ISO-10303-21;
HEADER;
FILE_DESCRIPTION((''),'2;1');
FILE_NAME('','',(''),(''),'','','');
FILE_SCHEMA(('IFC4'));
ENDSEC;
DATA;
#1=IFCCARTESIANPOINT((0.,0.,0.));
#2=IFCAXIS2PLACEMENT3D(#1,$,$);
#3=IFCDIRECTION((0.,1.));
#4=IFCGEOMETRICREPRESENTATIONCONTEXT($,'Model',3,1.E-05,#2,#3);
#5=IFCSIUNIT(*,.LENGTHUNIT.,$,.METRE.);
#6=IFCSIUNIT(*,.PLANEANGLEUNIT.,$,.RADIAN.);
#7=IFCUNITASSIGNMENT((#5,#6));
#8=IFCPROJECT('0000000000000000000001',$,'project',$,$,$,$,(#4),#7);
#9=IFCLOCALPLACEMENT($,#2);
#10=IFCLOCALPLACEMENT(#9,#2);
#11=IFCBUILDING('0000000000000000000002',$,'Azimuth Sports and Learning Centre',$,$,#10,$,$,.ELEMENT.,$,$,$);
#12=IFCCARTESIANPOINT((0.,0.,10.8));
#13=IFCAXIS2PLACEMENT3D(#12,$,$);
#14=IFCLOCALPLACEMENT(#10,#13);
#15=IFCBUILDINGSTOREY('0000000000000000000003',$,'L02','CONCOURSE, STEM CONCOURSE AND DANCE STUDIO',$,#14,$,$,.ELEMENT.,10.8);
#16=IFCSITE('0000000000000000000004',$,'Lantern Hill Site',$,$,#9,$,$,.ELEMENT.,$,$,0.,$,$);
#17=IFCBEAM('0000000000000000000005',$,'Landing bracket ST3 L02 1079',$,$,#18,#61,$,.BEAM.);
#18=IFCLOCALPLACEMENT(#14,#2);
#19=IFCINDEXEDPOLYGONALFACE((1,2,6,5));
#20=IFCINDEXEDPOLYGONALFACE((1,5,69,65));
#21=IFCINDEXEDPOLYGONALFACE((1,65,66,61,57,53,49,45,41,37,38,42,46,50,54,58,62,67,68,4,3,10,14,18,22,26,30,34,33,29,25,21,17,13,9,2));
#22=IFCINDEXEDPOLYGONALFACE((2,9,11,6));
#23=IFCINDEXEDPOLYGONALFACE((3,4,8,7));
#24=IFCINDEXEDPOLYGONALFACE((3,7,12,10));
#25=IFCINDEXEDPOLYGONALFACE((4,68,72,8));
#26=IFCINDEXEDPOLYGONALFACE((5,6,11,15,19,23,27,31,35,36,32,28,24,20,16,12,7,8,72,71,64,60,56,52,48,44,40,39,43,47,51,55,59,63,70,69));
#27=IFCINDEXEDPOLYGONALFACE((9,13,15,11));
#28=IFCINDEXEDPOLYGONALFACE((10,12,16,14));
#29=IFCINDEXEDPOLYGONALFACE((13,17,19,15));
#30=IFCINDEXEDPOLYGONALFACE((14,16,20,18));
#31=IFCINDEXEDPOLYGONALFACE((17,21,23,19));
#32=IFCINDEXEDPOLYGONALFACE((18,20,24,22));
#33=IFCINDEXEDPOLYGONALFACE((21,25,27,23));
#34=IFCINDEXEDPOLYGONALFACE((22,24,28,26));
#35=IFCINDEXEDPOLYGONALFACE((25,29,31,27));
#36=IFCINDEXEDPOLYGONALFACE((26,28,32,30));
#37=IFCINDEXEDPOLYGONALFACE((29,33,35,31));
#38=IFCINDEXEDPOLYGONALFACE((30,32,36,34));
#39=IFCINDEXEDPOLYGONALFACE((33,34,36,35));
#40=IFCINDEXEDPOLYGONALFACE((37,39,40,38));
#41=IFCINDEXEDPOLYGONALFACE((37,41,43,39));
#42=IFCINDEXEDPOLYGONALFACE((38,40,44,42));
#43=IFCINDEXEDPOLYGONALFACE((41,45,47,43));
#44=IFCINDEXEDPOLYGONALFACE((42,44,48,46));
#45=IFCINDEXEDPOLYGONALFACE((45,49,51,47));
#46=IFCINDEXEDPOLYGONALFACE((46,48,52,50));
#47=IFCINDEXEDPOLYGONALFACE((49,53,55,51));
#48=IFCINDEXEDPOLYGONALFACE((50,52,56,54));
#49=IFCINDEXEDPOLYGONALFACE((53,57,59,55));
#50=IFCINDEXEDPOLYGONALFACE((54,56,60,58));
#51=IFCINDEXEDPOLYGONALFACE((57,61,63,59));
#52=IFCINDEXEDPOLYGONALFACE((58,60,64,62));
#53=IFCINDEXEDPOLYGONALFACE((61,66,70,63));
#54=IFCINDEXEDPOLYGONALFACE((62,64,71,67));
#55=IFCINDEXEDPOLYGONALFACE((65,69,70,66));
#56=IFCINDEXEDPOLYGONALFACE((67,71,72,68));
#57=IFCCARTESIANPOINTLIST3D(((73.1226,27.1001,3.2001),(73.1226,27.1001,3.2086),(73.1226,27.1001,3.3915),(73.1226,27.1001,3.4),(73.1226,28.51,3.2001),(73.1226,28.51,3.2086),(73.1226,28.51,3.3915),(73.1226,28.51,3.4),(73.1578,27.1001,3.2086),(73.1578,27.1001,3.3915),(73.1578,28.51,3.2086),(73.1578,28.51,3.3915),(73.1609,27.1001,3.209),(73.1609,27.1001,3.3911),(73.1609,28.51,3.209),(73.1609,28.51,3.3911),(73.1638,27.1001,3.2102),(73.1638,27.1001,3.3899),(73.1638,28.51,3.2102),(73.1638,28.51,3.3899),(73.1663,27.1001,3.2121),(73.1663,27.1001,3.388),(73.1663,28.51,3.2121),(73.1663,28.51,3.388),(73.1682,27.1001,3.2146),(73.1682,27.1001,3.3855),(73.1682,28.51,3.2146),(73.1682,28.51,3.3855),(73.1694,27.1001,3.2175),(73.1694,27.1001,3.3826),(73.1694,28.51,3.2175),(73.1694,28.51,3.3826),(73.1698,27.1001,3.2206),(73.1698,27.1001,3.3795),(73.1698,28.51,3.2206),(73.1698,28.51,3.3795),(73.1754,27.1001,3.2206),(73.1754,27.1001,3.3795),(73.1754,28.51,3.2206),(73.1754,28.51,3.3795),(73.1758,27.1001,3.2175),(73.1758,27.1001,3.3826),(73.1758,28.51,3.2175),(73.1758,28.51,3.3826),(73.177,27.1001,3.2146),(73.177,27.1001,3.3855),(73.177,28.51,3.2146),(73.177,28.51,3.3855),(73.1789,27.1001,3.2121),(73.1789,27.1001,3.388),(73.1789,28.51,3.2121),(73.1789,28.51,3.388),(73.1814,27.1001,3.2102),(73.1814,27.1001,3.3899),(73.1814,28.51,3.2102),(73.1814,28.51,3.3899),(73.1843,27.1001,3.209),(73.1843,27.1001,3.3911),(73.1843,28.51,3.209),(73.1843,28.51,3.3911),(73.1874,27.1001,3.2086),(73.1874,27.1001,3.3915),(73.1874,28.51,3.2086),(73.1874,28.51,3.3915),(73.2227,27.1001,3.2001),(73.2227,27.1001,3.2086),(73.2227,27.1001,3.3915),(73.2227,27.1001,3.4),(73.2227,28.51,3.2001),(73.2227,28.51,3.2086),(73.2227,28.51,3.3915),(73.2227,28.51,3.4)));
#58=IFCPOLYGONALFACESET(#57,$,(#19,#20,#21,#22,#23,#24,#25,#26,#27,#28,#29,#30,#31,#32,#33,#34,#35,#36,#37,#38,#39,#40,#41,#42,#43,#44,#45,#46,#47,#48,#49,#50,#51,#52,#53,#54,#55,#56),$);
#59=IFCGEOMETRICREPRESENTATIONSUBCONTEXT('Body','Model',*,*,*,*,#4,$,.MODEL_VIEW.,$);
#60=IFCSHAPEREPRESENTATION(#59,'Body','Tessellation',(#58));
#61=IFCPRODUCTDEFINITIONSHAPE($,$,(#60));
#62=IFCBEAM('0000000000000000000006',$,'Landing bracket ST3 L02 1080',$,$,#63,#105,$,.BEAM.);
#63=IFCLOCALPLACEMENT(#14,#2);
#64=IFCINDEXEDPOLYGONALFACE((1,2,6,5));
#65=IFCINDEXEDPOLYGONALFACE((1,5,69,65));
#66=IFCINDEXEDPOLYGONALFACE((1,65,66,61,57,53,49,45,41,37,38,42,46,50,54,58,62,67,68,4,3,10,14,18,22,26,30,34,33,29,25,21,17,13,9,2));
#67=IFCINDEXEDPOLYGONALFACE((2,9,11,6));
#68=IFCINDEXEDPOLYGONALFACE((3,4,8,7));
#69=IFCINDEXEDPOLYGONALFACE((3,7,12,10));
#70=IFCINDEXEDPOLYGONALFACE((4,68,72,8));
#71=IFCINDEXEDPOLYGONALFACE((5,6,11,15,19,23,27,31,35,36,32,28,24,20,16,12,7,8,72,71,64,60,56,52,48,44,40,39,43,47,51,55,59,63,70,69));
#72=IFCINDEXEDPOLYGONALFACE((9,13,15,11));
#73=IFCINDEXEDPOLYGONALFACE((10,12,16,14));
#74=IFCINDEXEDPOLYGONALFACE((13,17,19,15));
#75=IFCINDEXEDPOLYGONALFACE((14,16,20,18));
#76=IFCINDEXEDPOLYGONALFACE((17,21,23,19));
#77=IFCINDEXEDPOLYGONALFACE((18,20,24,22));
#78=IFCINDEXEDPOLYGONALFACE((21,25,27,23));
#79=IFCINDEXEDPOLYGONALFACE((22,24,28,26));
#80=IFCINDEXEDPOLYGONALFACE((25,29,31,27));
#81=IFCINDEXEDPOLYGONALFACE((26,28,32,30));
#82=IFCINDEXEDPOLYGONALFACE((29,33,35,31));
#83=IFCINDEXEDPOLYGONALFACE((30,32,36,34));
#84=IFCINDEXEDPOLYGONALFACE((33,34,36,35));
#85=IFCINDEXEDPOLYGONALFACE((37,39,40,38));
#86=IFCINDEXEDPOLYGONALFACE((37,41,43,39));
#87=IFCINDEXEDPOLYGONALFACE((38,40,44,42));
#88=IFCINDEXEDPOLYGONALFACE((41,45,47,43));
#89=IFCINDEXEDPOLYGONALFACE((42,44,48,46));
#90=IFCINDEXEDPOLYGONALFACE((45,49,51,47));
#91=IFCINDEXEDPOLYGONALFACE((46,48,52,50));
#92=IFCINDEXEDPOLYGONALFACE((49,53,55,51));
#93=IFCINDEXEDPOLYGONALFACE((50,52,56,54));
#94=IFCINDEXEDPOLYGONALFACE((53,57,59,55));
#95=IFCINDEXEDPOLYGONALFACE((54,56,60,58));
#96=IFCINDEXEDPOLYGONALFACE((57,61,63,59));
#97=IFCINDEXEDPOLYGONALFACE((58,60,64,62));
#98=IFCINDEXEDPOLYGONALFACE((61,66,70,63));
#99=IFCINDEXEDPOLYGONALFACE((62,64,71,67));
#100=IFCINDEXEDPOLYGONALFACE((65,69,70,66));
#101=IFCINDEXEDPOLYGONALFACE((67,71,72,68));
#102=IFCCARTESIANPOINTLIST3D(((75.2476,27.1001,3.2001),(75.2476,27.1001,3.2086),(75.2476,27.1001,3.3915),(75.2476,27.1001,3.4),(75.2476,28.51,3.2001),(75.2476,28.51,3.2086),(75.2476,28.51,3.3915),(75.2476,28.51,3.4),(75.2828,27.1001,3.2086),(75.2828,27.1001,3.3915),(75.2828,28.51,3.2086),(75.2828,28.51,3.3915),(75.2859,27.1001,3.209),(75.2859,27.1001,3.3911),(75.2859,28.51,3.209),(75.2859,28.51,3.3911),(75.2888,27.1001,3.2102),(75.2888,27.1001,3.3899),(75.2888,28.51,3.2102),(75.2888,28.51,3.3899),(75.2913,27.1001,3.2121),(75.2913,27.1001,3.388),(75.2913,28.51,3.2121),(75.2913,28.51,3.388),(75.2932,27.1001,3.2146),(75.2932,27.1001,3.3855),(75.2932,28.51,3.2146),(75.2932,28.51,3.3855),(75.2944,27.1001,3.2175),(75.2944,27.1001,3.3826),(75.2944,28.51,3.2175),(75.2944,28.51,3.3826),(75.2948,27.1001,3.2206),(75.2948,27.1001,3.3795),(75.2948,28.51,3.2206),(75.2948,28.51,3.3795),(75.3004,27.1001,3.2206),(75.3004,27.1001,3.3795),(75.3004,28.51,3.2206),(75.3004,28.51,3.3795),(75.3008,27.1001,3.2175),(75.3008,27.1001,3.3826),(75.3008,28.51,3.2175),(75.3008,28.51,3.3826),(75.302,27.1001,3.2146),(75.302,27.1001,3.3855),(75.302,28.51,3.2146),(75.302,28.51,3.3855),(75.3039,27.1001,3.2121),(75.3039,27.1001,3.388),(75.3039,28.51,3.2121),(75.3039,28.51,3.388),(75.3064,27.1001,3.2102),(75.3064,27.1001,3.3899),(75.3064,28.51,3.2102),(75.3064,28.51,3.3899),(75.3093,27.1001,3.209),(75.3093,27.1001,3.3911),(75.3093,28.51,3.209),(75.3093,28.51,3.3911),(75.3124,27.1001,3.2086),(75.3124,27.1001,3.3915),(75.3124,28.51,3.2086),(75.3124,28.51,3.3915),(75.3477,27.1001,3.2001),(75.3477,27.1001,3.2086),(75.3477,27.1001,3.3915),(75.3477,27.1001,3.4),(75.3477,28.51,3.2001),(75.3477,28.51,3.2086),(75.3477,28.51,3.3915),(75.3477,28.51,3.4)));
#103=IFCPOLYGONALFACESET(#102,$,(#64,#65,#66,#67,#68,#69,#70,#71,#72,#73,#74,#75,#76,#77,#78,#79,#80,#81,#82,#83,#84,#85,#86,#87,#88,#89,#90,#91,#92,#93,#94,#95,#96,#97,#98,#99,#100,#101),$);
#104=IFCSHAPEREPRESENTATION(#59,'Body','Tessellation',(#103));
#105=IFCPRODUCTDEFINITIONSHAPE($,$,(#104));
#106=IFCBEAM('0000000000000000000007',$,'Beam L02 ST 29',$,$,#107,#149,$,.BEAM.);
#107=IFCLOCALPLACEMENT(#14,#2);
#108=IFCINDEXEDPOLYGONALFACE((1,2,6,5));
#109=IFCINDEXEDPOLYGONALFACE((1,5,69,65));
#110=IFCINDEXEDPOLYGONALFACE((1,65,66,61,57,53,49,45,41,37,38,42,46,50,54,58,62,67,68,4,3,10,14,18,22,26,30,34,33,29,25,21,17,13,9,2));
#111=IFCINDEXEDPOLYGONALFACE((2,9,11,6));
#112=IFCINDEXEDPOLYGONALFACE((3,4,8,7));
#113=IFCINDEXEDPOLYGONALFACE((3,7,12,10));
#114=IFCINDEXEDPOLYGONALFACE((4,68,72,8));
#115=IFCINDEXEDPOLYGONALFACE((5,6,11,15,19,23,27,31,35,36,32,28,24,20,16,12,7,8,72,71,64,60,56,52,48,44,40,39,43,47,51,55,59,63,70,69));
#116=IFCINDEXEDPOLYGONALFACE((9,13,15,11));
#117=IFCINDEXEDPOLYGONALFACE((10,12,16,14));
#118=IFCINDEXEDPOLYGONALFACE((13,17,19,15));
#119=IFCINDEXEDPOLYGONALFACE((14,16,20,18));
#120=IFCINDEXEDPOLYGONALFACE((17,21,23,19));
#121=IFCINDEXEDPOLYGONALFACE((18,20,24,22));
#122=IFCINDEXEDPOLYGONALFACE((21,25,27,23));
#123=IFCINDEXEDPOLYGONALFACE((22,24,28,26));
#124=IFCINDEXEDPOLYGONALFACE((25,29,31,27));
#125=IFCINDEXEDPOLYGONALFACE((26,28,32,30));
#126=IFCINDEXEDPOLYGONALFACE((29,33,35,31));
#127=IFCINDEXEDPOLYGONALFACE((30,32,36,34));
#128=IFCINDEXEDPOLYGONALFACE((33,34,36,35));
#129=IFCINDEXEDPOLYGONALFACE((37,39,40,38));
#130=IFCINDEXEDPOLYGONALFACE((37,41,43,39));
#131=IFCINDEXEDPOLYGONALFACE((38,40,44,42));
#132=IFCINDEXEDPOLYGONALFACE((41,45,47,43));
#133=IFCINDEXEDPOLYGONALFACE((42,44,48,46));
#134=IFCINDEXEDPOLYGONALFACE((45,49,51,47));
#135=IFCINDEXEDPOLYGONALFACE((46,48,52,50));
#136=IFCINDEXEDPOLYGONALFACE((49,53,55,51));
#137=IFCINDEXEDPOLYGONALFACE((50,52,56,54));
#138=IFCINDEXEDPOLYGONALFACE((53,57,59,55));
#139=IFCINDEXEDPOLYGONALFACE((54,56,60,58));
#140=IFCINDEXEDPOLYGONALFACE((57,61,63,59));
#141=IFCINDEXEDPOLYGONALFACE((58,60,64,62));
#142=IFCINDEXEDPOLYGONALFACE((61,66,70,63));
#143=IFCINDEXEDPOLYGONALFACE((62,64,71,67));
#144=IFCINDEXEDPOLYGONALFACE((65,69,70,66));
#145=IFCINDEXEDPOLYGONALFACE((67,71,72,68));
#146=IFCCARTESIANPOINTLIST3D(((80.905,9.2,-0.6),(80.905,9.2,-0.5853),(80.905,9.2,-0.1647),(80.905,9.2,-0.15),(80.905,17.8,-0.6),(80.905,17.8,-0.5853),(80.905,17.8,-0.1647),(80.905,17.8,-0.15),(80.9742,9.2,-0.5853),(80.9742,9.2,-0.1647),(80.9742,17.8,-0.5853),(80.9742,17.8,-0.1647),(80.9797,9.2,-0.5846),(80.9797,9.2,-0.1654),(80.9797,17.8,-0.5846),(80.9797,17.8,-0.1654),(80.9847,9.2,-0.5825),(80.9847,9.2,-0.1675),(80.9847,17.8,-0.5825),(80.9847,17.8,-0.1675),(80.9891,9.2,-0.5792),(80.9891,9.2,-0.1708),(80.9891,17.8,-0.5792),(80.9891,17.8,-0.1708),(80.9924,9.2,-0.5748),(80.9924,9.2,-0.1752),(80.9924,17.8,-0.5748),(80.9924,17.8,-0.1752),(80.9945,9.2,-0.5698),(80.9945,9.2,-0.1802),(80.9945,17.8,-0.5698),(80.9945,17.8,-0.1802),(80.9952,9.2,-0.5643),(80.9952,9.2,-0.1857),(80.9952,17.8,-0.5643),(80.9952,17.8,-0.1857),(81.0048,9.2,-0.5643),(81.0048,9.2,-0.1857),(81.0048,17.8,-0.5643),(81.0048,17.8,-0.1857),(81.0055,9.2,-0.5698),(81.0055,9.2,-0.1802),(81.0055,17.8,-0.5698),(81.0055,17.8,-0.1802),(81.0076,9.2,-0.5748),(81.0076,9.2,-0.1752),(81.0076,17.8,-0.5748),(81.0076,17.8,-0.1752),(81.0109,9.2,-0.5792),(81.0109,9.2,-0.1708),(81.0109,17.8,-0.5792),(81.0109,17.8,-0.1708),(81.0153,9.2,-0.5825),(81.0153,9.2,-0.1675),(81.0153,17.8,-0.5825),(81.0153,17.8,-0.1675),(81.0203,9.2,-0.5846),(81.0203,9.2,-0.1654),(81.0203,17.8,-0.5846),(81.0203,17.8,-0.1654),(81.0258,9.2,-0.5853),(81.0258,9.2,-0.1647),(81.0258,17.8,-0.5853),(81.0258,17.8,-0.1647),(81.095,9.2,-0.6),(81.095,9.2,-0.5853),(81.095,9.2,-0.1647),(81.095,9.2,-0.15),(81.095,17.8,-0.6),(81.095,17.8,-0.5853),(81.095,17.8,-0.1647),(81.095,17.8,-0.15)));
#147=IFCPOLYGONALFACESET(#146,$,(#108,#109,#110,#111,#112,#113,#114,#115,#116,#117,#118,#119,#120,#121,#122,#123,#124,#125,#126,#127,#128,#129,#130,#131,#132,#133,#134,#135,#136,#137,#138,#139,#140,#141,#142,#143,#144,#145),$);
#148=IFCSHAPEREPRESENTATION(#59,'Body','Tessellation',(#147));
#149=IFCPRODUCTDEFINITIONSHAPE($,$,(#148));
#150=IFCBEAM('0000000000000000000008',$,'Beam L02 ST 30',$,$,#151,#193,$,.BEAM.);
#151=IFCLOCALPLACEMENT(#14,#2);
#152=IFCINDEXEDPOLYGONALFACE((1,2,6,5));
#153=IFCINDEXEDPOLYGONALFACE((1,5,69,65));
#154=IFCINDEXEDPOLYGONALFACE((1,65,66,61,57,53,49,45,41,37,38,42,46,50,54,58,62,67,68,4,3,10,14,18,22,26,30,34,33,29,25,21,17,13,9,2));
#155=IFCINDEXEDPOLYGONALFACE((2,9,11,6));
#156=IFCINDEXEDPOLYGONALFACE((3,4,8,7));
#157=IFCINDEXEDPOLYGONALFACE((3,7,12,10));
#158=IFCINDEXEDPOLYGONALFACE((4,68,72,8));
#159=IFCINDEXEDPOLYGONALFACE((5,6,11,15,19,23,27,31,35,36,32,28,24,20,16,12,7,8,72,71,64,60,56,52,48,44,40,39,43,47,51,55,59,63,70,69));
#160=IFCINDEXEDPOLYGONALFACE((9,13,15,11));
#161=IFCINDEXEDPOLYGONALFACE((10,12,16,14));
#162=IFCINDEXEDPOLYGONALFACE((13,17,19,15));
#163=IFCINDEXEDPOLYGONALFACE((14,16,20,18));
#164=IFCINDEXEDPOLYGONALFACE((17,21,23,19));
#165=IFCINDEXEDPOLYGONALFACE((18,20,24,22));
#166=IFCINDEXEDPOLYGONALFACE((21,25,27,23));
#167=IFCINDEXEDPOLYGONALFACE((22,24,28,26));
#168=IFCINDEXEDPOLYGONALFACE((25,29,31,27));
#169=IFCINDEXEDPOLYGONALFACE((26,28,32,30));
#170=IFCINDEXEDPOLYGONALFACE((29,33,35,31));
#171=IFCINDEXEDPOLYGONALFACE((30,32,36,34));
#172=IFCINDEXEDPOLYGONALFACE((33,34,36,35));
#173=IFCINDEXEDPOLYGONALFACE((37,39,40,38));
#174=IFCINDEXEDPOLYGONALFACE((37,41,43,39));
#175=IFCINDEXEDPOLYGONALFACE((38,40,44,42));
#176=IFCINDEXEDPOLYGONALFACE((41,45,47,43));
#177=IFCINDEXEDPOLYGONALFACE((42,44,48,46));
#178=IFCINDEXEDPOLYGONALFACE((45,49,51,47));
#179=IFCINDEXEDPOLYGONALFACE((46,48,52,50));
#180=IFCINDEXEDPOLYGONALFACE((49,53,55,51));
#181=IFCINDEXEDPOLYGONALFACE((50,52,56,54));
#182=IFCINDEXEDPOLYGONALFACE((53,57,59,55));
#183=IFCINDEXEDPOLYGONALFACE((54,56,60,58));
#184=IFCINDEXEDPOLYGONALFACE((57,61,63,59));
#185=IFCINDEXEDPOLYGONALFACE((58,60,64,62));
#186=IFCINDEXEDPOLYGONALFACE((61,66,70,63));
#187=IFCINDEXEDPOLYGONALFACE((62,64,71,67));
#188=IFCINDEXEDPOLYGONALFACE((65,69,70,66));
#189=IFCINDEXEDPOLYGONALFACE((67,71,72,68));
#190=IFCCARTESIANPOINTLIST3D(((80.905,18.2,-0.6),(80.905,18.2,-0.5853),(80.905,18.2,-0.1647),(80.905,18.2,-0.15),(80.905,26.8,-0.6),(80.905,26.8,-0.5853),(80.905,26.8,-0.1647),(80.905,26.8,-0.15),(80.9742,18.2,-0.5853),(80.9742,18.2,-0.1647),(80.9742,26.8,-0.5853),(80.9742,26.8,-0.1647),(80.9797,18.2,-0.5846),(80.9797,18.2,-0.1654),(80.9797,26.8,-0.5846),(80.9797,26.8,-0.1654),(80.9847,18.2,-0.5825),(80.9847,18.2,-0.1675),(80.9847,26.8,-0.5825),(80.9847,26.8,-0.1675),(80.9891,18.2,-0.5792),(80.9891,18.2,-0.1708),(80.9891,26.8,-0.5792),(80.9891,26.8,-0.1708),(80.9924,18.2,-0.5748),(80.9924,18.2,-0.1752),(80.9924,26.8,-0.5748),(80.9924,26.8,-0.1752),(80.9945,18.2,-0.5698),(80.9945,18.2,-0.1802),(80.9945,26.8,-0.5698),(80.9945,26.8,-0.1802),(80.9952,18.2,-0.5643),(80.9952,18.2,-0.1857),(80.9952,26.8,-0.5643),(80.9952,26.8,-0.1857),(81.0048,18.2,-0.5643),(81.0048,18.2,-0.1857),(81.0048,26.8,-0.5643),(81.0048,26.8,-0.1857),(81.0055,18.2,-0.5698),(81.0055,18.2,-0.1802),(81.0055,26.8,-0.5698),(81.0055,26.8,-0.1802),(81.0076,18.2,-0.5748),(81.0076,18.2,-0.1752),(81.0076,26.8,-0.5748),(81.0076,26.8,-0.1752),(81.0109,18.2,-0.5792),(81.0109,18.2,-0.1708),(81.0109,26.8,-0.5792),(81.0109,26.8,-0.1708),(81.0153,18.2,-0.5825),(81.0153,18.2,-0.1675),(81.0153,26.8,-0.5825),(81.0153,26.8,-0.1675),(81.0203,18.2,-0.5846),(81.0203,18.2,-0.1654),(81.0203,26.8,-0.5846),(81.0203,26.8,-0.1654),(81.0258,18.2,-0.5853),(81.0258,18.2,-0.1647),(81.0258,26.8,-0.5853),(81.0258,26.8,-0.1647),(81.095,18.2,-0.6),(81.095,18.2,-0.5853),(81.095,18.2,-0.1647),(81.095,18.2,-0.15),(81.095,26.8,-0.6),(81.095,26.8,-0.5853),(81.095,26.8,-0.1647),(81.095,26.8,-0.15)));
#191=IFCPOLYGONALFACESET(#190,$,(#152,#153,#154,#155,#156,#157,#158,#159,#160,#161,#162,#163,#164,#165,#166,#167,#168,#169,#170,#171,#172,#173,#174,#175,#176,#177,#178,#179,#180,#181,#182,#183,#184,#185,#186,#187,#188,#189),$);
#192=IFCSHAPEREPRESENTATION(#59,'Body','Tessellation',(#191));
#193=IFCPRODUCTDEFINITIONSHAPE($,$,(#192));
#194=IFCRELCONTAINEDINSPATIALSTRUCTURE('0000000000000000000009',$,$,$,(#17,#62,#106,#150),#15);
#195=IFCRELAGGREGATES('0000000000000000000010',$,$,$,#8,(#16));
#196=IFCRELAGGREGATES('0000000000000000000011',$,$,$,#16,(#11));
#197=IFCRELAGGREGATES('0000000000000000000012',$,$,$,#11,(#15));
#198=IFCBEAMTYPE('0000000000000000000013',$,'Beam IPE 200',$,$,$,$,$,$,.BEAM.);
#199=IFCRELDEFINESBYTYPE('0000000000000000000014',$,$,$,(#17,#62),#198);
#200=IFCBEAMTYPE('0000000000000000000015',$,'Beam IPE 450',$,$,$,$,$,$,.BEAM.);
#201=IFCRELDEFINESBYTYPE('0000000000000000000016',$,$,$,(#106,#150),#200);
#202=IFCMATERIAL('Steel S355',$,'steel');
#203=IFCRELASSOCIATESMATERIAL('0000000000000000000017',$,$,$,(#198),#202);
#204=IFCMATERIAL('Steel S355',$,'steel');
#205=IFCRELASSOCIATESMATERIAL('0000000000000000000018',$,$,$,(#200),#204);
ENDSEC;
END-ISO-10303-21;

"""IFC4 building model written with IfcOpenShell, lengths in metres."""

from ifc_helpers import new_model, si_unit, direction, frame, origin, origin_2d, place, context, subcontext, project, spatial, i_section, extrude, material, material_profile, profile_set, type_object, element, save


model = new_model("IFC4")

# Units and contexts
model_context = context("Model", 3, precision=1e-05, world=origin(), true_north=direction((0.0, 1.0)))
body_context = subcontext(model_context, "Body", "Model", "MODEL_VIEW")
ifc_project = project(units=[si_unit("LENGTHUNIT", "METRE"), si_unit("PLANEANGLEUNIT", "RADIAN")], contexts=[model_context])

# Site, building, storey
site_placement = place(None, origin())
site = spatial("IfcSite", under=ifc_project, at=site_placement, Name="Lantern Hill Site", CompositionType="ELEMENT", RefElevation=0.0)
building_placement = place(site_placement, origin())
building = spatial("IfcBuilding", under=site, at=building_placement, Name="Azimuth Sports and Learning Centre", CompositionType="ELEMENT")
storey_placement = place(building_placement, frame((0.0, 0.0, 10.8)))
storey = spatial("IfcBuildingStorey", under=building, at=storey_placement, Name="L02", Description="CONCOURSE, STEM CONCOURSE AND DANCE STUDIO", CompositionType="ELEMENT", Elevation=10.8)

# Beams
ifc_material_1 = material(Name="Steel S355", Category="steel")
ifc_material_profile_1 = material_profile(ifc_material_1, i_section(OverallWidth=0.1001, OverallDepth=0.2, WebThickness=0.0056, FlangeThickness=0.0085, FilletRadius=0.012, at=origin_2d()), Name="IPE 200")
ifc_profile_set_1 = profile_set([ifc_material_profile_1], Name="Steel S355")
beam_type_1 = type_object("IfcBeamType", Name="Beam IPE 200", PredefinedType="BEAM", material=ifc_profile_set_1)
for number, where, z_axis, x_axis, name in (
    (1, (73.1726, 27.1001, 3.3), (0.0, 1.0, 0.0), (-1.0, 0.0, 0.0), "Landing bracket ST3 L02 1079"),
    (2, (75.2976, 27.1001, 3.3), (0.0, 1.0, 0.0), (-1.0, 0.0, 0.0), "Landing bracket ST3 L02 1080"),
):
    element("IfcBeam", number, at=place(storey_placement, frame(where, z_axis=z_axis, x_axis=x_axis)), inside=storey, type_object=beam_type_1, Name=name, PredefinedType="BEAM", context=body_context, shape_type="SweptSolid", body=[
        extrude(i_section(OverallWidth=0.1001, OverallDepth=0.2, WebThickness=0.0056, FlangeThickness=0.0085, FilletRadius=0.012, at=origin_2d()), origin(), (0.0, 0.0, 1.0), 1.4099),
    ])
ifc_material_2 = material(Name="Steel S355", Category="steel")
ifc_material_profile_2 = material_profile(ifc_material_2, i_section(OverallWidth=0.1899, OverallDepth=0.45, WebThickness=0.0095, FlangeThickness=0.0146, FilletRadius=0.021, at=origin_2d()), Name="IPE 450")
ifc_profile_set_2 = profile_set([ifc_material_profile_2], Name="Steel S355")
beam_type_2 = type_object("IfcBeamType", Name="Beam IPE 450", PredefinedType="BEAM", material=ifc_profile_set_2)
for number, where, z_axis, x_axis, name in (
    (3, (81.0, 9.2, -0.375), (0.0, 1.0, 0.0), (-1.0, 0.0, 0.0), "Beam L02 ST 29"),
    (4, (81.0, 18.2, -0.375), (0.0, 1.0, 0.0), (-1.0, 0.0, 0.0), "Beam L02 ST 30"),
):
    element("IfcBeam", number, at=place(storey_placement, frame(where, z_axis=z_axis, x_axis=x_axis)), inside=storey, type_object=beam_type_2, Name=name, PredefinedType="BEAM", context=body_context, shape_type="SweptSolid", body=[
        extrude(i_section(OverallWidth=0.1899, OverallDepth=0.45, WebThickness=0.0095, FlangeThickness=0.0146, FilletRadius=0.021, at=origin_2d()), origin(), (0.0, 0.0, 1.0), 8.6001),
    ])

save(model, "model.ifc")
